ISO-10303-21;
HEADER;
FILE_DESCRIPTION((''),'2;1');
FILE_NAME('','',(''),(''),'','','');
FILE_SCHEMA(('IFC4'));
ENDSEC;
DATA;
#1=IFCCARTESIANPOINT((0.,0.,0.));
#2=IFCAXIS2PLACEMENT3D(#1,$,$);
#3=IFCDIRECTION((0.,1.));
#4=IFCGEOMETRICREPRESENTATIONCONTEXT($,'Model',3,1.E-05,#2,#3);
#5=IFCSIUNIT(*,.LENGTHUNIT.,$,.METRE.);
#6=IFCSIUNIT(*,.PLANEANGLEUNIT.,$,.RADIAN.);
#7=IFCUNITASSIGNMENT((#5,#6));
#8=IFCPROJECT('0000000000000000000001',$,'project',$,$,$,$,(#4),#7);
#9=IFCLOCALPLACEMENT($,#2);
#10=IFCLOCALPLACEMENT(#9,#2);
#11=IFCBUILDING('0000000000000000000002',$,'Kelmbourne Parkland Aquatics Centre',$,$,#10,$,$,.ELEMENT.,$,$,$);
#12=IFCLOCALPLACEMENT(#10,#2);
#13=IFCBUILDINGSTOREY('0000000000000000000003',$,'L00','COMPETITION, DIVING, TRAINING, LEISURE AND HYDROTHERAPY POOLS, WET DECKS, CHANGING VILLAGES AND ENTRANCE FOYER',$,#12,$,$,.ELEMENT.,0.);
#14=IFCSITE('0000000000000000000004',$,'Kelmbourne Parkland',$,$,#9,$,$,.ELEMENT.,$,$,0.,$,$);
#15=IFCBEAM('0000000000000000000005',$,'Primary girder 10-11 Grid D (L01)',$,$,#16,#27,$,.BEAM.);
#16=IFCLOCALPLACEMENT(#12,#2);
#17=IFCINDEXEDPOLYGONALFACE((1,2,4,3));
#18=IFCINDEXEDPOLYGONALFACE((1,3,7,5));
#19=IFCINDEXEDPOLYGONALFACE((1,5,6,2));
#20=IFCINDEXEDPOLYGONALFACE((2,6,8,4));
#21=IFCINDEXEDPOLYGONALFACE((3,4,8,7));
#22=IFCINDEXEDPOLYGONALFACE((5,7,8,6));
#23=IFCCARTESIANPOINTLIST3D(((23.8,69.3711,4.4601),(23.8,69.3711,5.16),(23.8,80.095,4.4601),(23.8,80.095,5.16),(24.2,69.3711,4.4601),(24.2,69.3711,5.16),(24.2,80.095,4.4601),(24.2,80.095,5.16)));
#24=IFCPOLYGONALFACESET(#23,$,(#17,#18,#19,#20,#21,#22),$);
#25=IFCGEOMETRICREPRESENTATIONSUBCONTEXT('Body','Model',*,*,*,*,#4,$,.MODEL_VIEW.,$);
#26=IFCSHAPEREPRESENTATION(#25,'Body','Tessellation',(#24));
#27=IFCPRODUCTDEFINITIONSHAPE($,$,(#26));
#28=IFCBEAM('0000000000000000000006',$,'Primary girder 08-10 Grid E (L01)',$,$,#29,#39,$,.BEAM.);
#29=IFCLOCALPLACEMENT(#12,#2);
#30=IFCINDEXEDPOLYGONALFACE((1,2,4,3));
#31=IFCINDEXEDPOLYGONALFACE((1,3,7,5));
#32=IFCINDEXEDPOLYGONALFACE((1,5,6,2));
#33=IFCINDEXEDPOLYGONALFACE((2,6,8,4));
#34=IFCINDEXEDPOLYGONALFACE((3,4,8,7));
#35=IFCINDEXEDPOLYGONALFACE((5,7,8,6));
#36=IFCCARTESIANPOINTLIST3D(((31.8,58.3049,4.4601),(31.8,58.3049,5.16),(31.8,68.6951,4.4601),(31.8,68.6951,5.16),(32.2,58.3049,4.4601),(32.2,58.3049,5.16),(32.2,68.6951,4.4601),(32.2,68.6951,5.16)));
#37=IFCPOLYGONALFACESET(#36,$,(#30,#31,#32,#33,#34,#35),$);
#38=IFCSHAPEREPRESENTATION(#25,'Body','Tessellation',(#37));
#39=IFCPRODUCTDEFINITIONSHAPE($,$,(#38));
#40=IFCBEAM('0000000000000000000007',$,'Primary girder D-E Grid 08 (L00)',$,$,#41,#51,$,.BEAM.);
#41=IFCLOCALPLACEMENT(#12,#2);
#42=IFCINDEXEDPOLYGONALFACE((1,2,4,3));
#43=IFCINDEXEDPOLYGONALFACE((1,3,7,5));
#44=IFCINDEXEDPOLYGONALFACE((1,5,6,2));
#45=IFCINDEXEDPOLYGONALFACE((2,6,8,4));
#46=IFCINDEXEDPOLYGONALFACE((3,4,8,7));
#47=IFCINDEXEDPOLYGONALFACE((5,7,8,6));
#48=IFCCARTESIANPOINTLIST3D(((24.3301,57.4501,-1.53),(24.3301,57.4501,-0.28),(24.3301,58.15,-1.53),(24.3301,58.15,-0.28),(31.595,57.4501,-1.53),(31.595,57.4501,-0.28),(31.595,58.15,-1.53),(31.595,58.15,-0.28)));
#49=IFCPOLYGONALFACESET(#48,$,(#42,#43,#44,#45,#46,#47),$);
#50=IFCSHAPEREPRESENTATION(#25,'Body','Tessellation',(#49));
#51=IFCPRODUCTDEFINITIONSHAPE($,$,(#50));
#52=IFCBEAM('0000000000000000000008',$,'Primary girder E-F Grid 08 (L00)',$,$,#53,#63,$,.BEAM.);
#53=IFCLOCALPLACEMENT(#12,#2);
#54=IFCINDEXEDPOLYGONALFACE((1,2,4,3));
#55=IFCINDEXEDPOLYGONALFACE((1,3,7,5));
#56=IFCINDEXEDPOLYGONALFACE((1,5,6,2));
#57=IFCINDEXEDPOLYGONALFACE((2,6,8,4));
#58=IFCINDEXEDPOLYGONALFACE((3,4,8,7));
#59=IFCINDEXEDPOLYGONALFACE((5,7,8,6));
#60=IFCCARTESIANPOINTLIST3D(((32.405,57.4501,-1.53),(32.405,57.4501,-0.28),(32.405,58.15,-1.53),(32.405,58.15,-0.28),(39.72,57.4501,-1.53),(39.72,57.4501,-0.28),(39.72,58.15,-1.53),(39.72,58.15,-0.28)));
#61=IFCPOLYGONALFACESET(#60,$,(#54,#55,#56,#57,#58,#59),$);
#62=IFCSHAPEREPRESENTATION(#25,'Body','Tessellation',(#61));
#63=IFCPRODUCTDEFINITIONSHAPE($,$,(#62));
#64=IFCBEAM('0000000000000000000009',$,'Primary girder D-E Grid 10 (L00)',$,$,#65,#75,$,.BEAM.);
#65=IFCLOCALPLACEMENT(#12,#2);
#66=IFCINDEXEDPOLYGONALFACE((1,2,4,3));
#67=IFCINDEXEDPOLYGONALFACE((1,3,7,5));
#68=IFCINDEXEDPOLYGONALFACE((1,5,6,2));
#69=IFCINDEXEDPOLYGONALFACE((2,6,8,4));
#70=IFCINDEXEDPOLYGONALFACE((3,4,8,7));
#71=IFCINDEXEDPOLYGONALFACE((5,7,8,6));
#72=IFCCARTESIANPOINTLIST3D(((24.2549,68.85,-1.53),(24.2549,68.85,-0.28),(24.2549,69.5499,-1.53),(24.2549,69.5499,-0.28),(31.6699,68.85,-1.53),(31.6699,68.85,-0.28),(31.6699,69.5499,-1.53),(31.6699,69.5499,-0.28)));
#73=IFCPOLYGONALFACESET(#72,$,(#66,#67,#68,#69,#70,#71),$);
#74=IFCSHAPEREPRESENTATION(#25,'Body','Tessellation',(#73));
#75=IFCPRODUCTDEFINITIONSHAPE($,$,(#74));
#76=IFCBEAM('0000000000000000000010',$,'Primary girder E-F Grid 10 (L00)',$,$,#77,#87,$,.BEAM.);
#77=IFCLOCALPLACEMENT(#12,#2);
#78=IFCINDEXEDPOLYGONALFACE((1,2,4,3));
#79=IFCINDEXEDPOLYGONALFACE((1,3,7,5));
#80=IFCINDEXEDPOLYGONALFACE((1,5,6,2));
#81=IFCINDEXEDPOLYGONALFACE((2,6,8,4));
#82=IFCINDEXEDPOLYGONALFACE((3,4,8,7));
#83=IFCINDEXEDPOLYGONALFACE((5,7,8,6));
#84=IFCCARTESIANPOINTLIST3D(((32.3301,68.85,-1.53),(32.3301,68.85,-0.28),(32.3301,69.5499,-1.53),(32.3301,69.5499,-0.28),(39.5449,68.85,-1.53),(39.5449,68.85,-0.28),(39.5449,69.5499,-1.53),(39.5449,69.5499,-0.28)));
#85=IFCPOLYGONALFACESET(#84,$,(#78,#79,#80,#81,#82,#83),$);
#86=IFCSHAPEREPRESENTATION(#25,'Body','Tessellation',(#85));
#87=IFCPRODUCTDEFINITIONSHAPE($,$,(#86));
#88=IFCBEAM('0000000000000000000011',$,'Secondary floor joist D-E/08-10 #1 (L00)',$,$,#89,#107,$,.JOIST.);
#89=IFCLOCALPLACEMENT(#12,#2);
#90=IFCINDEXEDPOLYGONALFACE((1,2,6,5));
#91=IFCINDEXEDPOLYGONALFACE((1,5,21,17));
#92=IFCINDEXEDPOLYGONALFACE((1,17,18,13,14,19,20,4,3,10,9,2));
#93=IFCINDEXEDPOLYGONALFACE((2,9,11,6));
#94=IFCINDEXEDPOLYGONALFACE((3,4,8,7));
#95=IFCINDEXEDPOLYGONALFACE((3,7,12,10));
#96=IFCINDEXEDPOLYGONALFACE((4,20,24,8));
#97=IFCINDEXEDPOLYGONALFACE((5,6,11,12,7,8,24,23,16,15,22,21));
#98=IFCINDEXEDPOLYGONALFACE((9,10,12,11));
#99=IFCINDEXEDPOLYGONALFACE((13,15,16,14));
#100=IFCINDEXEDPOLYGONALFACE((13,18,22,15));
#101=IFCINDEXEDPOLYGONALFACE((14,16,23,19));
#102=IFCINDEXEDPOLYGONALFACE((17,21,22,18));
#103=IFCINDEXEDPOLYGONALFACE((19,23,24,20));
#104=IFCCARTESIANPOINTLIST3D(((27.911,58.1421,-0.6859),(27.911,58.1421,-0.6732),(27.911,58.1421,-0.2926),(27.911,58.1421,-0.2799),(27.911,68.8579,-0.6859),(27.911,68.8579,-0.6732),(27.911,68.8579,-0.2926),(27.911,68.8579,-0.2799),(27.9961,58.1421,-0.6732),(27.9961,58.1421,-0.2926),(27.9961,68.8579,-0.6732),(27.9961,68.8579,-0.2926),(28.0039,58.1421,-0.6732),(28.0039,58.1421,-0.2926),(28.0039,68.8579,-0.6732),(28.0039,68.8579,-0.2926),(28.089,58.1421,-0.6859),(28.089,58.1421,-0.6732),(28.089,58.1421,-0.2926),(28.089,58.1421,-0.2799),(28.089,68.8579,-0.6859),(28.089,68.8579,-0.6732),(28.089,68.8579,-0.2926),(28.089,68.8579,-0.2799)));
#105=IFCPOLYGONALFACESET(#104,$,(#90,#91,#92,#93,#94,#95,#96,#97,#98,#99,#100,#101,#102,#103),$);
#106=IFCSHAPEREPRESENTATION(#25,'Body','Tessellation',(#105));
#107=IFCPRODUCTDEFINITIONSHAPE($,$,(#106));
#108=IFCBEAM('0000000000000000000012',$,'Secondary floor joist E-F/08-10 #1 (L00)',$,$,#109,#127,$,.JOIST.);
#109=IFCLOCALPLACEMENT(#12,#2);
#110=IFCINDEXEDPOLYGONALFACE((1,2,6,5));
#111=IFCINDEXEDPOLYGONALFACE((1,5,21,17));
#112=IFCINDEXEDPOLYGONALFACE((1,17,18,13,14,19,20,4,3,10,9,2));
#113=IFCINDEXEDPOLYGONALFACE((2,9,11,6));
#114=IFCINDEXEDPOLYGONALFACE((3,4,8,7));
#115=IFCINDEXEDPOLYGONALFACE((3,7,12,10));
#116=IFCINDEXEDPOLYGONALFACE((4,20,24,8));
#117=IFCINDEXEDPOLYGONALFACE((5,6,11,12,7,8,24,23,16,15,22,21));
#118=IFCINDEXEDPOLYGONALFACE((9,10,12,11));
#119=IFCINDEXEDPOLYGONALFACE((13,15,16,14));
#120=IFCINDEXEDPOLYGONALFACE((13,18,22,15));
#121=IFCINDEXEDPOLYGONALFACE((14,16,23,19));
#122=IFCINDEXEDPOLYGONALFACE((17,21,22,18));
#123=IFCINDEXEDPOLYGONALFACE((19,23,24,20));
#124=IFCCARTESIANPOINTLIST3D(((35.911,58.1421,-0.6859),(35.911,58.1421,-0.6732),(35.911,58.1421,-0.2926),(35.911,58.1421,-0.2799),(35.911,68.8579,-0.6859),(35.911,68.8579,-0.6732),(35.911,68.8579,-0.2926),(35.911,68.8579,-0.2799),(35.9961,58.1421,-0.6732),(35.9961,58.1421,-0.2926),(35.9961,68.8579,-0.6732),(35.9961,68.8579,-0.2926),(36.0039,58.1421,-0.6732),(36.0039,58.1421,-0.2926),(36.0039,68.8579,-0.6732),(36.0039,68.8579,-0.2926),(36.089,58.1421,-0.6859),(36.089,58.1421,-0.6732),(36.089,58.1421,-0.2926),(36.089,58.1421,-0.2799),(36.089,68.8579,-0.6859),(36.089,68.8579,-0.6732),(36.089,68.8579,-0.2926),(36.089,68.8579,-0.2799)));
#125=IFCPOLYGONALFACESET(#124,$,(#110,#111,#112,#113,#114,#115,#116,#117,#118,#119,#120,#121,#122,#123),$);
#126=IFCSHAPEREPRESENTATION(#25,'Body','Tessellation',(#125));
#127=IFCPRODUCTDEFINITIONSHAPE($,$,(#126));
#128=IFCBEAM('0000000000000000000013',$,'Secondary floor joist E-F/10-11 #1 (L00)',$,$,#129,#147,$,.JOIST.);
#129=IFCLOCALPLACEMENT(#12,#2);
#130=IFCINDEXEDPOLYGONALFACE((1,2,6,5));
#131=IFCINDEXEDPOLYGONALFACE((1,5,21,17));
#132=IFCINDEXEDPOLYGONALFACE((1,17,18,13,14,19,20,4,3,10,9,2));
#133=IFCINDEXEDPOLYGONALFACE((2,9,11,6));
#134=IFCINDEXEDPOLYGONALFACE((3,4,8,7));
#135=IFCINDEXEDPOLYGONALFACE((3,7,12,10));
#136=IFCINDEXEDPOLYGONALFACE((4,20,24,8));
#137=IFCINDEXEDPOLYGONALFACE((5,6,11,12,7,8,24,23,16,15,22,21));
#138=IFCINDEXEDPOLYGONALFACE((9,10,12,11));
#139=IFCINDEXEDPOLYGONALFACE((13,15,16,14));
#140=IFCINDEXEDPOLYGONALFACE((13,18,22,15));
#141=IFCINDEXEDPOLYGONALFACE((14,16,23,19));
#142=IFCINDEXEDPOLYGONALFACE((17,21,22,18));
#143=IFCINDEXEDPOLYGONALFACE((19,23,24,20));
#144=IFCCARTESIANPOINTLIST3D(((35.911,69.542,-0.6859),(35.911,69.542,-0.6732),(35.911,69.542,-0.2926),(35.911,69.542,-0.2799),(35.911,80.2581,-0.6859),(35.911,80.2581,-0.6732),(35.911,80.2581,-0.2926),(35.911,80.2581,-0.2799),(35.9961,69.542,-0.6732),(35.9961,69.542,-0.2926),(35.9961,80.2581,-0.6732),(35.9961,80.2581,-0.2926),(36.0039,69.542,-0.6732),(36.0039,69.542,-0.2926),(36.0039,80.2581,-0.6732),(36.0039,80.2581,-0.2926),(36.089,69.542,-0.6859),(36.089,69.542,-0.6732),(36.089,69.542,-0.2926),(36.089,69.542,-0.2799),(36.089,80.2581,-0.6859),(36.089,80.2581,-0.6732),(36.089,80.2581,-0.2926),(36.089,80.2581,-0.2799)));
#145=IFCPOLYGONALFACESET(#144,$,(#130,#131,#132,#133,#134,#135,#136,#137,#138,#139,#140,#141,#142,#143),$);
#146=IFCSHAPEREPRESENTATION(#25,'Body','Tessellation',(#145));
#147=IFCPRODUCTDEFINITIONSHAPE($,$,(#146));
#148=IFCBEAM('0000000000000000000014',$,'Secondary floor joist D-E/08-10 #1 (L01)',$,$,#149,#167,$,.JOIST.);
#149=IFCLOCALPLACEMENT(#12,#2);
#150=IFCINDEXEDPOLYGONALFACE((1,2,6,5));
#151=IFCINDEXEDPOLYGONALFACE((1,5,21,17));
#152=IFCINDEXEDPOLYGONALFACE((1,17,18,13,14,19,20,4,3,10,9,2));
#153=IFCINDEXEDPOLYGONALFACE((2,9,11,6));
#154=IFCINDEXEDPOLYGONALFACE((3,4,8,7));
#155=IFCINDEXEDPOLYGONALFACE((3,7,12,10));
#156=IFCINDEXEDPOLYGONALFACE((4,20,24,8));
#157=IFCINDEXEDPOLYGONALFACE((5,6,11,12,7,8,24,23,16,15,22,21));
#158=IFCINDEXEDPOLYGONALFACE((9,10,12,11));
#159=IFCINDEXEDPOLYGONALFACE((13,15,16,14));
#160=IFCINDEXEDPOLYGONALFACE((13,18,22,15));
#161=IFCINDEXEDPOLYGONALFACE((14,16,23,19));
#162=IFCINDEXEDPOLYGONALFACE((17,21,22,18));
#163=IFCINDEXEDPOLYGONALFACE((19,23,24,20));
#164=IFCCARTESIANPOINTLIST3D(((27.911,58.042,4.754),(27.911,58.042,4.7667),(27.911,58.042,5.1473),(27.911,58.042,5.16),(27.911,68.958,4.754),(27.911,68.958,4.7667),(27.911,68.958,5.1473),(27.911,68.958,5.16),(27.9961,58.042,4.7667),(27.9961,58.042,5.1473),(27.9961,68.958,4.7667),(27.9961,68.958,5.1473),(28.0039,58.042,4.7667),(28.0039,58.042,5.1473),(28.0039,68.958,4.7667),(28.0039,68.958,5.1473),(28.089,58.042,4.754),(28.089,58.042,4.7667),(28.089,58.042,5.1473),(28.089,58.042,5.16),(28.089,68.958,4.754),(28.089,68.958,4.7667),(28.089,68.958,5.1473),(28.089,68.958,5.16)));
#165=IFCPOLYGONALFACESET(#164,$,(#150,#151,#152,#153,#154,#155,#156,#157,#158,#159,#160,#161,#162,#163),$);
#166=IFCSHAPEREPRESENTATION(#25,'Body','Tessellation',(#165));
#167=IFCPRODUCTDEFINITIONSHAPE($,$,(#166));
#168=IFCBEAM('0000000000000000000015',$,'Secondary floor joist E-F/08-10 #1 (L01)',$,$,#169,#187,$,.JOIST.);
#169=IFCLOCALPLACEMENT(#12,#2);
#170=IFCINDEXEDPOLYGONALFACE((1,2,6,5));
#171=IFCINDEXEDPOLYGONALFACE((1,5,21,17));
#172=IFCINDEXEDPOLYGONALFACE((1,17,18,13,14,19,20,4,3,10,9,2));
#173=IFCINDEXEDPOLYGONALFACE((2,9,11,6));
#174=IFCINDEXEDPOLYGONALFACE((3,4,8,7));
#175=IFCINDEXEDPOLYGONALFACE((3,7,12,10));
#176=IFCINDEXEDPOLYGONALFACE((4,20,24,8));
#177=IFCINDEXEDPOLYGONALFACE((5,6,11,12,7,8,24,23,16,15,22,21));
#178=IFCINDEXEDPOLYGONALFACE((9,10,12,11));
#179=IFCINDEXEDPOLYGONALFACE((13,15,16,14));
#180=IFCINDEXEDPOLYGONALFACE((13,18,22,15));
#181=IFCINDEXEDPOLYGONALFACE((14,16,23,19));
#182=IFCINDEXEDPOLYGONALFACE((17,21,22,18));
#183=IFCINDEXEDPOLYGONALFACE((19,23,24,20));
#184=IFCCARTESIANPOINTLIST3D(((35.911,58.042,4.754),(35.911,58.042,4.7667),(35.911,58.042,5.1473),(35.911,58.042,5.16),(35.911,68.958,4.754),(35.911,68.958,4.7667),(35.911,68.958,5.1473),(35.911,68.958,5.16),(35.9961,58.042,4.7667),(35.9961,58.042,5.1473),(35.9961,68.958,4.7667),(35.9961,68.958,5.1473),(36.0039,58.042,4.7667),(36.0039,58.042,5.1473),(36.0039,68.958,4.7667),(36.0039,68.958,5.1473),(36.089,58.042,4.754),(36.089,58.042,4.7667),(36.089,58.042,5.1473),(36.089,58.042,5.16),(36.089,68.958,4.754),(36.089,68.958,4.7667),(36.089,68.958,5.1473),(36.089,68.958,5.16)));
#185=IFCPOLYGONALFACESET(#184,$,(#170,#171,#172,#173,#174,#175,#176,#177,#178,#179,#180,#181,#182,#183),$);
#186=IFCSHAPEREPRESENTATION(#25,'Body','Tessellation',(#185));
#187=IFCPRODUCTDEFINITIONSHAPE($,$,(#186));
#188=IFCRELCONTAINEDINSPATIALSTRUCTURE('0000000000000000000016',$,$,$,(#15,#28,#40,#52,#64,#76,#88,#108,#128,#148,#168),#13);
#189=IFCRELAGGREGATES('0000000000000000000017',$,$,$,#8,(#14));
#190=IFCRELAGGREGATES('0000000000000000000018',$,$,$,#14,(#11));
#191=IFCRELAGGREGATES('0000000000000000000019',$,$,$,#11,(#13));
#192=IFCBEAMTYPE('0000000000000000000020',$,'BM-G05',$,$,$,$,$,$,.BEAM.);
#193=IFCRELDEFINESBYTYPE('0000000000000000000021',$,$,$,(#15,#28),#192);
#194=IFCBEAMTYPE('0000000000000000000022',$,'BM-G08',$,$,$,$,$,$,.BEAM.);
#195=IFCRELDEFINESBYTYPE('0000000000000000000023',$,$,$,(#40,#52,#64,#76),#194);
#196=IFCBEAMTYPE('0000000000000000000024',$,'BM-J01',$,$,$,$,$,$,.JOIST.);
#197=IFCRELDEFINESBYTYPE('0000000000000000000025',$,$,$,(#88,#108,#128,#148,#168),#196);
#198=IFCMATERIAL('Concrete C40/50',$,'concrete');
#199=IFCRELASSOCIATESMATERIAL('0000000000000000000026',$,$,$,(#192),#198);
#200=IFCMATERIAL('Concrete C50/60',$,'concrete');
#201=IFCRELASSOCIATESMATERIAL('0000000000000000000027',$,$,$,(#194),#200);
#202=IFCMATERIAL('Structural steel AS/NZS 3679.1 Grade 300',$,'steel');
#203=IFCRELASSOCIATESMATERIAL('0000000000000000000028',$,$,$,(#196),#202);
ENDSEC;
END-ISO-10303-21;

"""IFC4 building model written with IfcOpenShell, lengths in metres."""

from ifc_helpers import new_model, si_unit, direction, frame, origin, origin_2d, place, context, subcontext, project, spatial, rectangle, i_section, extrude, material, material_profile, profile_set, type_object, element, save


model = new_model("IFC4")

# Units and contexts
model_context = context("Model", 3, precision=1e-05, world=origin(), true_north=direction((0.0, 1.0)))
body_context = subcontext(model_context, "Body", "Model", "MODEL_VIEW")
ifc_project = project(units=[si_unit("LENGTHUNIT", "METRE"), si_unit("PLANEANGLEUNIT", "RADIAN")], contexts=[model_context])

# Site, building, storey
site_placement = place(None, origin())
site = spatial("IfcSite", under=ifc_project, at=site_placement, Name="Kelmbourne Parkland", CompositionType="ELEMENT", RefElevation=0.0)
building_placement = place(site_placement, origin())
building = spatial("IfcBuilding", under=site, at=building_placement, Name="Kelmbourne Parkland Aquatics Centre", CompositionType="ELEMENT")
storey_placement = place(building_placement, origin())
storey = spatial("IfcBuildingStorey", under=building, at=storey_placement, Name="L00", Description="COMPETITION, DIVING, TRAINING, LEISURE AND HYDROTHERAPY POOLS, WET DECKS, CHANGING VILLAGES AND ENTRANCE FOYER", CompositionType="ELEMENT", Elevation=0.0)

# Shared definitions
ifc_material_1 = material(Name="Concrete C40/50", Category="concrete")

# Beams
ifc_material_profile_1 = material_profile(ifc_material_1, rectangle(XDim=0.3999, YDim=0.7, at=origin_2d()), Name="RC 400x700")
ifc_profile_set_1 = profile_set([ifc_material_profile_1], Name="Concrete C40/50")
beam_type_1 = type_object("IfcBeamType", Name="BM-G05", PredefinedType="BEAM", material=ifc_profile_set_1)
beam_1_placement = place(storey_placement, frame((24.0, 69.3711, 4.8101), z_axis=(0.0, 1.0, 0.0), x_axis=(-1.0, 0.0, 0.0)))
element("IfcBeam", 1, at=beam_1_placement, inside=storey, type_object=beam_type_1, Name="Primary girder 10-11 Grid D (L01)", PredefinedType="BEAM", context=body_context, shape_type="SweptSolid", body=[
    extrude(rectangle(XDim=0.3999, YDim=0.7, at=origin_2d()), origin(), (0.0, 0.0, 1.0), 10.7239),
])
beam_2_placement = place(storey_placement, frame((32.0, 58.3049, 4.8101), z_axis=(0.0, 1.0, 0.0), x_axis=(-1.0, 0.0, 0.0)))
element("IfcBeam", 2, at=beam_2_placement, inside=storey, type_object=beam_type_1, Name="Primary girder 08-10 Grid E (L01)", PredefinedType="BEAM", context=body_context, shape_type="SweptSolid", body=[
    extrude(rectangle(XDim=0.3999, YDim=0.7, at=origin_2d()), origin(), (0.0, 0.0, 1.0), 10.3901),
])
ifc_material_2 = material(Name="Concrete C50/60", Category="concrete")
ifc_material_profile_2 = material_profile(ifc_material_2, rectangle(XDim=0.7, YDim=1.25, at=origin_2d()), Name="RC 700x1250")
ifc_profile_set_2 = profile_set([ifc_material_profile_2], Name="Concrete C50/60")
beam_type_2 = type_object("IfcBeamType", Name="BM-G08", PredefinedType="BEAM", material=ifc_profile_set_2)
beam_3_placement = place(storey_placement, frame((24.3301, 57.8, -0.905), z_axis=(1.0, 0.0, 0.0), x_axis=(0.0, 1.0, 0.0)))
element("IfcBeam", 3, at=beam_3_placement, inside=storey, type_object=beam_type_2, Name="Primary girder D-E Grid 08 (L00)", PredefinedType="BEAM", context=body_context, shape_type="SweptSolid", body=[
    extrude(rectangle(XDim=0.7, YDim=1.25, at=origin_2d()), origin(), (0.0, 0.0, 1.0), 7.2649),
])
beam_4_placement = place(storey_placement, frame((32.405, 57.8, -0.905), z_axis=(1.0, 0.0, 0.0), x_axis=(0.0, 1.0, 0.0)))
element("IfcBeam", 4, at=beam_4_placement, inside=storey, type_object=beam_type_2, Name="Primary girder E-F Grid 08 (L00)", PredefinedType="BEAM", context=body_context, shape_type="SweptSolid", body=[
    extrude(rectangle(XDim=0.7, YDim=1.25, at=origin_2d()), origin(), (0.0, 0.0, 1.0), 7.3149),
])
beam_5_placement = place(storey_placement, frame((24.2549, 69.2, -0.905), z_axis=(1.0, 0.0, 0.0), x_axis=(0.0, 1.0, 0.0)))
element("IfcBeam", 5, at=beam_5_placement, inside=storey, type_object=beam_type_2, Name="Primary girder D-E Grid 10 (L00)", PredefinedType="BEAM", context=body_context, shape_type="SweptSolid", body=[
    extrude(rectangle(XDim=0.7, YDim=1.25, at=origin_2d()), origin(), (0.0, 0.0, 1.0), 7.415),
])
beam_6_placement = place(storey_placement, frame((32.3301, 69.2, -0.905), z_axis=(1.0, 0.0, 0.0), x_axis=(0.0, 1.0, 0.0)))
element("IfcBeam", 6, at=beam_6_placement, inside=storey, type_object=beam_type_2, Name="Primary girder E-F Grid 10 (L00)", PredefinedType="BEAM", context=body_context, shape_type="SweptSolid", body=[
    extrude(rectangle(XDim=0.7, YDim=1.25, at=origin_2d()), origin(), (0.0, 0.0, 1.0), 7.2148),
])
ifc_material_3 = material(Name="Structural steel AS/NZS 3679.1 Grade 300", Category="steel")
ifc_material_profile_3 = material_profile(ifc_material_3, i_section(OverallWidth=0.178, OverallDepth=0.406, WebThickness=0.0078, FlangeThickness=0.0127, at=origin_2d()), Name="410UB59.7")
ifc_profile_set_3 = profile_set([ifc_material_profile_3], Name="Structural steel AS/NZS 3679.1 Grade 300")
beam_type_3 = type_object("IfcBeamType", Name="BM-J01", PredefinedType="JOIST", material=ifc_profile_set_3)
for number, where, z_axis, x_axis, name in (
    (7, (28.0, 58.1421, -0.4829), (0.0, 1.0, 0.0), (-1.0, 0.0, 0.0), "Secondary floor joist D-E/08-10 #1 (L00)"),
    (8, (36.0, 58.1421, -0.4829), (0.0, 1.0, 0.0), (-1.0, 0.0, 0.0), "Secondary floor joist E-F/08-10 #1 (L00)"),
):
    element("IfcBeam", number, at=place(storey_placement, frame(where, z_axis=z_axis, x_axis=x_axis)), inside=storey, type_object=beam_type_3, Name=name, PredefinedType="JOIST", context=body_context, shape_type="SweptSolid", body=[
        extrude(i_section(OverallWidth=0.178, OverallDepth=0.406, WebThickness=0.0078, FlangeThickness=0.0127, at=origin_2d()), origin(), (0.0, 0.0, 1.0), 10.7158),
    ])
beam_7_placement = place(storey_placement, frame((36.0, 69.542, -0.4829), z_axis=(0.0, 1.0, 0.0), x_axis=(-1.0, 0.0, 0.0)))
element("IfcBeam", 9, at=beam_7_placement, inside=storey, type_object=beam_type_3, Name="Secondary floor joist E-F/10-11 #1 (L00)", PredefinedType="JOIST", context=body_context, shape_type="SweptSolid", body=[
    extrude(i_section(OverallWidth=0.178, OverallDepth=0.406, WebThickness=0.0078, FlangeThickness=0.0127, at=origin_2d()), origin(), (0.0, 0.0, 1.0), 10.7161),
])
for number, where, z_axis, x_axis, name in (
    (10, (28.0, 58.042, 4.957), (0.0, 1.0, 0.0), (-1.0, 0.0, 0.0), "Secondary floor joist D-E/08-10 #1 (L01)"),
    (11, (36.0, 58.042, 4.957), (0.0, 1.0, 0.0), (-1.0, 0.0, 0.0), "Secondary floor joist E-F/08-10 #1 (L01)"),
):
    element("IfcBeam", number, at=place(storey_placement, frame(where, z_axis=z_axis, x_axis=x_axis)), inside=storey, type_object=beam_type_3, Name=name, PredefinedType="JOIST", context=body_context, shape_type="SweptSolid", body=[
        extrude(i_section(OverallWidth=0.178, OverallDepth=0.406, WebThickness=0.0078, FlangeThickness=0.0127, at=origin_2d()), origin(), (0.0, 0.0, 1.0), 10.916),
    ])

save(model, "model.ifc")
